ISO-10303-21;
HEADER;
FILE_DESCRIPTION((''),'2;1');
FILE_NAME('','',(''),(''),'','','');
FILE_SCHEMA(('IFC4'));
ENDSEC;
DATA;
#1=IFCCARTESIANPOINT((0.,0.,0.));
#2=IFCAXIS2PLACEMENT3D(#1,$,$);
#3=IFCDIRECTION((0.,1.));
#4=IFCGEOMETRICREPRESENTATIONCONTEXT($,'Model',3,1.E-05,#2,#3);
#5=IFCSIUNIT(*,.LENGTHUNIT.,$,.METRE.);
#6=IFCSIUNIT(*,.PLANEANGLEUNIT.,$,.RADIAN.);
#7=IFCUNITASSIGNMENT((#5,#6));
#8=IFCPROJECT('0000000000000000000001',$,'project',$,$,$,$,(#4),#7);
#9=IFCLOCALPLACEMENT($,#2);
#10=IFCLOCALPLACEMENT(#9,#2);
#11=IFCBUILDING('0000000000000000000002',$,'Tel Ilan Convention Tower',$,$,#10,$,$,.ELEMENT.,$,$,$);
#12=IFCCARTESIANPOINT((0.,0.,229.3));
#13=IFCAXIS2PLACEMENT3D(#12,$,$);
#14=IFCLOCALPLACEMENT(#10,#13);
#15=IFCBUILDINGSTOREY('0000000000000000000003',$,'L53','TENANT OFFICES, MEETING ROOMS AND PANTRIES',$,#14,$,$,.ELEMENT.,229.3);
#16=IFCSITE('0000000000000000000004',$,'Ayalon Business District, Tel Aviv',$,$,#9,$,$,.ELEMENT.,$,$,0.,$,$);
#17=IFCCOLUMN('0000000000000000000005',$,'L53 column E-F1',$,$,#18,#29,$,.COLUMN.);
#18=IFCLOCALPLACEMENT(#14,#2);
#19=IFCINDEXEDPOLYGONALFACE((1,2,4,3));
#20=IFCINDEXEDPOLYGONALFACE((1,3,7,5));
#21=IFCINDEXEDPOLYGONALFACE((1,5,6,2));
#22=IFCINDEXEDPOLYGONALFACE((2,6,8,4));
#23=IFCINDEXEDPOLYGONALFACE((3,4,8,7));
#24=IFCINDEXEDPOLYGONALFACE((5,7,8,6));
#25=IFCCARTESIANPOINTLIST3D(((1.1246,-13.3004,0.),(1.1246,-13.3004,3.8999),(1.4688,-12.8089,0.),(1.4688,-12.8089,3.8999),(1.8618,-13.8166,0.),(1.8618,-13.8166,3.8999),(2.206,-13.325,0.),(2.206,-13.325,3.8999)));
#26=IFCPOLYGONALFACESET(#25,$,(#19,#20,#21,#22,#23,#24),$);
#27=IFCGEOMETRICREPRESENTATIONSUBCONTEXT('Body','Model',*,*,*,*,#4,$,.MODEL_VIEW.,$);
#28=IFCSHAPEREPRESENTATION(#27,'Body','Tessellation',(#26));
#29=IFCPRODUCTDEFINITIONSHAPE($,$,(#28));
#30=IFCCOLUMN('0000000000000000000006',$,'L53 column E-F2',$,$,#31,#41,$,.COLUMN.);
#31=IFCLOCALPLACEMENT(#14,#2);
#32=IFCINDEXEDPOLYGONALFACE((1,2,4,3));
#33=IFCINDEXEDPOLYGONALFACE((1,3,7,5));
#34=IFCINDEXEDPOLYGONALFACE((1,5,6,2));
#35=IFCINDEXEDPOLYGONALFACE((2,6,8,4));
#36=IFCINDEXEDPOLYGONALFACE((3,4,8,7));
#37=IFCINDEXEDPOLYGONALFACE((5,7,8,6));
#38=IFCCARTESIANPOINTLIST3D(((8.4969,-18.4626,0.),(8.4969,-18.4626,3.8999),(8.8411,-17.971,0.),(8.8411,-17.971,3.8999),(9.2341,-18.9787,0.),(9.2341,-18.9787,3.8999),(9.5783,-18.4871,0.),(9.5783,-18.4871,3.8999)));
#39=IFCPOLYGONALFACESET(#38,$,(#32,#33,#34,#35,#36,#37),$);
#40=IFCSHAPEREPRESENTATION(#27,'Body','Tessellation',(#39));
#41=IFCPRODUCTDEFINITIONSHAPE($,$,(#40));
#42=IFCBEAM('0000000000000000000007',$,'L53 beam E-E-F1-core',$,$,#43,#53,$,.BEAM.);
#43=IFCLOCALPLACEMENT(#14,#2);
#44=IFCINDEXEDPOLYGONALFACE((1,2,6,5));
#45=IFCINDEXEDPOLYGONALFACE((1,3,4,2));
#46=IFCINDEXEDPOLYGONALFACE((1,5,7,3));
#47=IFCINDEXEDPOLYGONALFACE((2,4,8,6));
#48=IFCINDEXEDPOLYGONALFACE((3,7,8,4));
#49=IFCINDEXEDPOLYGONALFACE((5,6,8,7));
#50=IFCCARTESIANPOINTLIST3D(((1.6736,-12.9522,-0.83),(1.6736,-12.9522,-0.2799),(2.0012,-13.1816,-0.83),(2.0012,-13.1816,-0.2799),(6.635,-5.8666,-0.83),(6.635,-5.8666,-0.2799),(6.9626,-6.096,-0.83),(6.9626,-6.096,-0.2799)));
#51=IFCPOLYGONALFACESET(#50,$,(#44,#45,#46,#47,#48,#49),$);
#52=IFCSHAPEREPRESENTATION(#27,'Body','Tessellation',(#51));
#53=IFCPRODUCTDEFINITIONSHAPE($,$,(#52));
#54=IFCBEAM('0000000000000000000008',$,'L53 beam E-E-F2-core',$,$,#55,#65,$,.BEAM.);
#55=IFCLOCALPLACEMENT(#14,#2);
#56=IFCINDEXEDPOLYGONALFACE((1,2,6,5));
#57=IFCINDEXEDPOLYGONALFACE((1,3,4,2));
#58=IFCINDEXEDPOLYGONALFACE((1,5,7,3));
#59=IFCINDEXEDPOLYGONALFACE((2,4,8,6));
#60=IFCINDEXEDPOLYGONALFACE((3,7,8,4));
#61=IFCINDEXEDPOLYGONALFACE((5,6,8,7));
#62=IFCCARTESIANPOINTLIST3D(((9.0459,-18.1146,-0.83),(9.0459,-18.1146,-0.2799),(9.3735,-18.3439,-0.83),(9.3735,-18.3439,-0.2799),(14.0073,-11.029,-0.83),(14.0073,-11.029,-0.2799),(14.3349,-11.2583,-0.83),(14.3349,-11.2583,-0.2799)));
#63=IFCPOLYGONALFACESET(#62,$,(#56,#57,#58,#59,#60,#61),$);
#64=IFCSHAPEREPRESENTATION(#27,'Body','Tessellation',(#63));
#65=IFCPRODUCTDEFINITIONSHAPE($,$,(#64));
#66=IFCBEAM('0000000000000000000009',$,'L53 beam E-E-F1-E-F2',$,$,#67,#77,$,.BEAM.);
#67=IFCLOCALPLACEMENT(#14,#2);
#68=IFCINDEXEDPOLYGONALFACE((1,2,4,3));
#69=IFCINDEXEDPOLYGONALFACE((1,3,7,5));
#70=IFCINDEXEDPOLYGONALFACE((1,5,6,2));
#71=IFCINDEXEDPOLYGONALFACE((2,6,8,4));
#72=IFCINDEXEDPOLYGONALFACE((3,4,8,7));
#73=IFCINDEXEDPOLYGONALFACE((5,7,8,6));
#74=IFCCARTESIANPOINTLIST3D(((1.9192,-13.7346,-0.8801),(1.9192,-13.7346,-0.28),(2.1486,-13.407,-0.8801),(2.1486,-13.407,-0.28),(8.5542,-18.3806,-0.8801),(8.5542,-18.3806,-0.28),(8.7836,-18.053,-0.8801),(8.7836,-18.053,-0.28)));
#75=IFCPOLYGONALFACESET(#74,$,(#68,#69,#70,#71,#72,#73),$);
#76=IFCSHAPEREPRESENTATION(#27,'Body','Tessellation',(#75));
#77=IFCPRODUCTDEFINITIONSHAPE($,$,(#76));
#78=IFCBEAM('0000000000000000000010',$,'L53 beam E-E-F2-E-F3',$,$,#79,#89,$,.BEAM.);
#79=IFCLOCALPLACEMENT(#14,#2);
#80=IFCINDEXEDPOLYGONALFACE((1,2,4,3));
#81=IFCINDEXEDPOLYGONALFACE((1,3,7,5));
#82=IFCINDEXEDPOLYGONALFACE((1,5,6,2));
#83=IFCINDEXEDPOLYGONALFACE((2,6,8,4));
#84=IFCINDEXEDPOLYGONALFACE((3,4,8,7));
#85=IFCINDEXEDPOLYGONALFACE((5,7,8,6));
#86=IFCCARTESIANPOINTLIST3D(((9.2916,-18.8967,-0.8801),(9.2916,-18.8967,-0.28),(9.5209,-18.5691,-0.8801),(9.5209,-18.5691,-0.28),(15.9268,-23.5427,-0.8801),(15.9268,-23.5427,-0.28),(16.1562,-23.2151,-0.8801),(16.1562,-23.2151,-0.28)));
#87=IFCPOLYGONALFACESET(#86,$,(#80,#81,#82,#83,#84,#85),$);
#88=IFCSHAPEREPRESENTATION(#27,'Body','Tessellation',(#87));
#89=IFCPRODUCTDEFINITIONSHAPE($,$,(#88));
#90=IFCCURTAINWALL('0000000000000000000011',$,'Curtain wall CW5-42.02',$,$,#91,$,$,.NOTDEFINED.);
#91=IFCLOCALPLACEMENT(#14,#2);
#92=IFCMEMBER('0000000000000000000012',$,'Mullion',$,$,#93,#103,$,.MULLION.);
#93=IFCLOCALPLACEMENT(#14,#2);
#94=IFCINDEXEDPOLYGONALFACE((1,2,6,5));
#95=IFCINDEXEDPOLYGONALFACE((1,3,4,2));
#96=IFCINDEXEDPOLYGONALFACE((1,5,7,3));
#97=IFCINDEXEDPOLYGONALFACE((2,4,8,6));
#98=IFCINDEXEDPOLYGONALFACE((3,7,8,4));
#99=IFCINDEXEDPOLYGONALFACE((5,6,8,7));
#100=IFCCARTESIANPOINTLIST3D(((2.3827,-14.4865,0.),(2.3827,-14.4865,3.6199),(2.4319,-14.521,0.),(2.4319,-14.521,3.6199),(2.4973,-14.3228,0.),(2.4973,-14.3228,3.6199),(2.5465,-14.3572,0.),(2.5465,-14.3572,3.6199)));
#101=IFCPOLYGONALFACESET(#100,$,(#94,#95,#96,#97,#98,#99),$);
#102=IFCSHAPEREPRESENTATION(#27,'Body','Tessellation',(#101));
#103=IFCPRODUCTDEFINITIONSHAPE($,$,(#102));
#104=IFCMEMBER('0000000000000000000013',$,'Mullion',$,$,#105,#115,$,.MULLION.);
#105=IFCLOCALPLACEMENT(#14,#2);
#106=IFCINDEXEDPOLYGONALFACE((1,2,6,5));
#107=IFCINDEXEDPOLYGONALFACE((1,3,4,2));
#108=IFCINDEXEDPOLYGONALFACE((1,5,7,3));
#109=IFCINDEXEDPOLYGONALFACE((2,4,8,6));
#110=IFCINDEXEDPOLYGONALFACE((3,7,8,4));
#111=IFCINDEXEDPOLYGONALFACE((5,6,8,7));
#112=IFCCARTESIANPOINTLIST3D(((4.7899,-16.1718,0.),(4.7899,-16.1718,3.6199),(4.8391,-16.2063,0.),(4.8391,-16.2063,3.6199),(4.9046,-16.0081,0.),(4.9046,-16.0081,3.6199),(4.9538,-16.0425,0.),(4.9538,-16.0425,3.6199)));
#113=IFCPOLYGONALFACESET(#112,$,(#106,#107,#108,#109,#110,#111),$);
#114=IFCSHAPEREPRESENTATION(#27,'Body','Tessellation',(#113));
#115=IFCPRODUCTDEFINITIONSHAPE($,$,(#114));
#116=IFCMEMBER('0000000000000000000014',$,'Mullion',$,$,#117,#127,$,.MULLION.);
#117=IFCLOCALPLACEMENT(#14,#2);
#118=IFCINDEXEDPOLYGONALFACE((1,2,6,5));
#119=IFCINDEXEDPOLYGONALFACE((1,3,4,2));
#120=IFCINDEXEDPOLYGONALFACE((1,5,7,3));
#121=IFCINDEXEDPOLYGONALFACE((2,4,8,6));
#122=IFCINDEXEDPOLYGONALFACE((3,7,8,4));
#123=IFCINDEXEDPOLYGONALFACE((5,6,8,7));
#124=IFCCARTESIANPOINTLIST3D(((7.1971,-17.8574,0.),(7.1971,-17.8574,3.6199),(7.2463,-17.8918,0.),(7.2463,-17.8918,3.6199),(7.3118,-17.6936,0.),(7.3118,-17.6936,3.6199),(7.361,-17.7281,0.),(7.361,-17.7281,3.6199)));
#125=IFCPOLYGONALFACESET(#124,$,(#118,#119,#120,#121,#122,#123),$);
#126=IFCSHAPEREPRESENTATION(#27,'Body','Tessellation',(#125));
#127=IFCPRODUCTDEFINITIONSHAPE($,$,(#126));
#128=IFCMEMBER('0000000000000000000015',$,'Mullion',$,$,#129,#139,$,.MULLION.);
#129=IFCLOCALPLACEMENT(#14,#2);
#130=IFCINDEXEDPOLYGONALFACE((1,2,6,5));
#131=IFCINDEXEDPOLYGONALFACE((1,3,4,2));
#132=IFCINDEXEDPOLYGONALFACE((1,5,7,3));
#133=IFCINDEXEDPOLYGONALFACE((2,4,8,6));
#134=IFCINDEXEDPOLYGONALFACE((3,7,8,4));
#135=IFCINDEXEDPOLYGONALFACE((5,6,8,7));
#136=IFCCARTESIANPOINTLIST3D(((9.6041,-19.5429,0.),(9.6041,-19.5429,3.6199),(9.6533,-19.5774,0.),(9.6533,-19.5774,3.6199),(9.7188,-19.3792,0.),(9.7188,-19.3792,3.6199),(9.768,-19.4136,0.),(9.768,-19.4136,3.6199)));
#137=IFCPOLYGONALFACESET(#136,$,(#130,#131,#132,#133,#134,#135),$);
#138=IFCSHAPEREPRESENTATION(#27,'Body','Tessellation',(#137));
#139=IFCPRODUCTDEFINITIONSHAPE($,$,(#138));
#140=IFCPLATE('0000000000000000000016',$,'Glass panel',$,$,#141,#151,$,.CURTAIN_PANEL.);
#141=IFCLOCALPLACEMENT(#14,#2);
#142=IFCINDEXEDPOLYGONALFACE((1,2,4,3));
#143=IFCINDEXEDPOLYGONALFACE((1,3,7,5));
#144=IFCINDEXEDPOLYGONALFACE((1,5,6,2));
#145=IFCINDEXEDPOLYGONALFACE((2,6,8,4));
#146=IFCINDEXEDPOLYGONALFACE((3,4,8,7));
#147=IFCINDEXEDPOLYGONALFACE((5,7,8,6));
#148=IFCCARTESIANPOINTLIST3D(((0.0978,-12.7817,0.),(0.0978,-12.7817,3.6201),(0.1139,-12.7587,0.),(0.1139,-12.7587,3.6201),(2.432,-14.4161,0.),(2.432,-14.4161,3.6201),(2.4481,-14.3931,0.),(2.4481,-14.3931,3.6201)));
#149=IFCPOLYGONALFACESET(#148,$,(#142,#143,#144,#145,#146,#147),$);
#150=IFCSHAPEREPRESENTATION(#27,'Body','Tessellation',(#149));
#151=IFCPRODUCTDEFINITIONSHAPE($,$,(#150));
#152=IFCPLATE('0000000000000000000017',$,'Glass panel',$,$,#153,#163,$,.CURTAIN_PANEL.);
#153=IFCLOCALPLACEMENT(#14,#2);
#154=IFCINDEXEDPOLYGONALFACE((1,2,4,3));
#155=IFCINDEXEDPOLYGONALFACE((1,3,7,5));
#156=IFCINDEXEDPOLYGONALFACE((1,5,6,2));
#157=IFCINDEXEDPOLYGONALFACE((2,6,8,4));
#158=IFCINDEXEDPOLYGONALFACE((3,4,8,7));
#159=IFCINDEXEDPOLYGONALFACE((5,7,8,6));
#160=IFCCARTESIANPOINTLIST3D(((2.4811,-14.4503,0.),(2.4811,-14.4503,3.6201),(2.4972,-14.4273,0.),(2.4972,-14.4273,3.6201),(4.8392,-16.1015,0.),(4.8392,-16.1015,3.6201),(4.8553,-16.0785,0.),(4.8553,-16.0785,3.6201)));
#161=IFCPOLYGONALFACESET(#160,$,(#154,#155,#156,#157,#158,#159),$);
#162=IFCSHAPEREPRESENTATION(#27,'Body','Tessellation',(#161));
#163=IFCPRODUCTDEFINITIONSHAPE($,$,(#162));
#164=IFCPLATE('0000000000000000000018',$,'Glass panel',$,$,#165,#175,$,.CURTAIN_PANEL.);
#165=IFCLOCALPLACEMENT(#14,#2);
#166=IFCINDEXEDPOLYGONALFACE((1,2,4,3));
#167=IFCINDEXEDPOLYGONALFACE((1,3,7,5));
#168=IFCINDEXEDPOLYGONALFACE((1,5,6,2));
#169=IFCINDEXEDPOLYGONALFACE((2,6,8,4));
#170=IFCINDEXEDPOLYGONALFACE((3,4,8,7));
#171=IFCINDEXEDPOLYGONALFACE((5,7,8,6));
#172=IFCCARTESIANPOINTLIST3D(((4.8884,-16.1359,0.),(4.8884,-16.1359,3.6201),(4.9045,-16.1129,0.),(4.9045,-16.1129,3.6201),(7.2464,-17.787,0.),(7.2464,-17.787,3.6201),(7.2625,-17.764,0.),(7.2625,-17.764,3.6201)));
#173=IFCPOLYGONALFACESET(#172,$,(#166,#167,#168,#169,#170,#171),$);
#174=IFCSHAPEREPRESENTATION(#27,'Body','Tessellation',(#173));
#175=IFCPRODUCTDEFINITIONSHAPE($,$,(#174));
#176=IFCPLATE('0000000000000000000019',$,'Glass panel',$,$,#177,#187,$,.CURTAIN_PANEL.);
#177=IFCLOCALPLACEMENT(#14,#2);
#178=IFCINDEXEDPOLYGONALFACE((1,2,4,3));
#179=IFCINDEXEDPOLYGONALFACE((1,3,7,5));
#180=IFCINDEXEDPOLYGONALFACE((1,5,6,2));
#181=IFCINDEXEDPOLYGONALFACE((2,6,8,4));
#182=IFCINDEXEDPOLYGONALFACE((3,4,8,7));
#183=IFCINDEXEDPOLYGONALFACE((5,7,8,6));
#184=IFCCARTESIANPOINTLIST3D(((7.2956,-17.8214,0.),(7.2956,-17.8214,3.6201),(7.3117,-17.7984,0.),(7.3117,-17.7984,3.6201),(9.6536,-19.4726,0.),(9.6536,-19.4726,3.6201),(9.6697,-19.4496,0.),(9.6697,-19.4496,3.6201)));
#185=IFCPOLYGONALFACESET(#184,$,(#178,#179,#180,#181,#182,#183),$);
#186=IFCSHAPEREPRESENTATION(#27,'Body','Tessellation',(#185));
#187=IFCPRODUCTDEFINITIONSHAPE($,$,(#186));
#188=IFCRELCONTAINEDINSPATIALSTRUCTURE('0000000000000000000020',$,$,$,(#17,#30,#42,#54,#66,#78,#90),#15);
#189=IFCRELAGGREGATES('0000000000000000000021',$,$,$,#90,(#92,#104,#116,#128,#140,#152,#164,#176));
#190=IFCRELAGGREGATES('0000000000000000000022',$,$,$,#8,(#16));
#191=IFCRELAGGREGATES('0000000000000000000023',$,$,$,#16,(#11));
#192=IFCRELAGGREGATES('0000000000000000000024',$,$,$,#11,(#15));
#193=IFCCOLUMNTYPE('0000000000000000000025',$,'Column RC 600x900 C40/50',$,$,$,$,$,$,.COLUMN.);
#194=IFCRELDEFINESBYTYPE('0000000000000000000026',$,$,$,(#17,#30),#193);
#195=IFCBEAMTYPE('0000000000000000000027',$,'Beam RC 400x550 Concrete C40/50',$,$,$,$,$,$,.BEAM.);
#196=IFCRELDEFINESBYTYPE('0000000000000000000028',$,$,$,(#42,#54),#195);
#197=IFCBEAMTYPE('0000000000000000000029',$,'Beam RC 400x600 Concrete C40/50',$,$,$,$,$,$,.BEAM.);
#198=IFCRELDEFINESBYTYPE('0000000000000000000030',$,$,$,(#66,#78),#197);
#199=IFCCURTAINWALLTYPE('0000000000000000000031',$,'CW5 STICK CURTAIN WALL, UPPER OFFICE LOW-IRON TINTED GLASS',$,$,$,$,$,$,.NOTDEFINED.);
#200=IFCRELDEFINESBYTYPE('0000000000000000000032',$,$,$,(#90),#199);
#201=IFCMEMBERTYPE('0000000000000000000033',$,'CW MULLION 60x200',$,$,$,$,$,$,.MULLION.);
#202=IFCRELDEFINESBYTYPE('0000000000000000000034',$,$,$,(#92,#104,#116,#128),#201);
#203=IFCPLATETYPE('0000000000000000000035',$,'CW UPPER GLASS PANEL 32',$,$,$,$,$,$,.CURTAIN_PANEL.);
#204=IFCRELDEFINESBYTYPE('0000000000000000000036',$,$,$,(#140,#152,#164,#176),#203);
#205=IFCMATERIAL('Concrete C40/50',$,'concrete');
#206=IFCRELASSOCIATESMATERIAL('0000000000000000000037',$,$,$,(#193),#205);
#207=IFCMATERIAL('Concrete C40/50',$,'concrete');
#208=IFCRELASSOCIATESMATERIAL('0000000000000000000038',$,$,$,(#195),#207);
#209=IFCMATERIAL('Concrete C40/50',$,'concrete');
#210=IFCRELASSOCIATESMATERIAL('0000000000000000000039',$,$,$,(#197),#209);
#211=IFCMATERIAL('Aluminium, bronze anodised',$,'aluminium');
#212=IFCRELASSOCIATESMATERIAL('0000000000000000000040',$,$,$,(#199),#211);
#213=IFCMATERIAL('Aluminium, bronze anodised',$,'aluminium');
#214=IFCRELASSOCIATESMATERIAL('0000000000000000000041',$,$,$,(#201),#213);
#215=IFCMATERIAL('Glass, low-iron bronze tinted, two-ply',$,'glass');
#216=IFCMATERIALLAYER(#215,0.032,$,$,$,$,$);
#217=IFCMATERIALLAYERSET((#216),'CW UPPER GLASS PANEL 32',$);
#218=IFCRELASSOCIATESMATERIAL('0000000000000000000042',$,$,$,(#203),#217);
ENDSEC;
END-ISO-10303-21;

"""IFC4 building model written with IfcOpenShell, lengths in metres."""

from ifc_helpers import new_model, si_unit, direction, frame, origin, origin_2d, place, context, subcontext, project, spatial, rectangle, extrude, material, layer, layer_set, material_profile, profile_set, type_object, element, aggregate, save


model = new_model("IFC4")

# Units and contexts
model_context = context("Model", 3, precision=1e-05, world=origin(), true_north=direction((0.0, 1.0)))
body_context = subcontext(model_context, "Body", "Model", "MODEL_VIEW")
ifc_project = project(units=[si_unit("LENGTHUNIT", "METRE"), si_unit("PLANEANGLEUNIT", "RADIAN")], contexts=[model_context])

# Site, building, storey
site_placement = place(None, origin())
site = spatial("IfcSite", under=ifc_project, at=site_placement, Name="Ayalon Business District, Tel Aviv", CompositionType="ELEMENT", RefElevation=0.0)
building_placement = place(site_placement, origin())
building = spatial("IfcBuilding", under=site, at=building_placement, Name="Tel Ilan Convention Tower", CompositionType="ELEMENT")
storey_placement = place(building_placement, frame((0.0, 0.0, 229.3)))
storey = spatial("IfcBuildingStorey", under=building, at=storey_placement, Name="L53", Description="TENANT OFFICES, MEETING ROOMS AND PANTRIES", CompositionType="ELEMENT", Elevation=229.3)

# Columns
ifc_material_1 = material(Name="Concrete C40/50", Category="concrete")
ifc_material_profile_1 = material_profile(ifc_material_1, rectangle(XDim=0.8999, YDim=0.6001, at=origin_2d()), Name="RC 600x900")
ifc_profile_set_1 = profile_set([ifc_material_profile_1], Name="Concrete C40/50")
column_type = type_object("IfcColumnType", Name="Column RC 600x900 C40/50", PredefinedType="COLUMN", material=ifc_profile_set_1)
for number, where, z_axis, x_axis, name in (
    (1, (1.6653, -13.3127, 0.0), (0.0, 0.0, 1.0), (0.819152, -0.573576, 0.0), "L53 column E-F1"),
    (2, (9.0376, -18.4749, 0.0), (0.0, 0.0, 1.0), (0.819152, -0.573576, 0.0), "L53 column E-F2"),
):
    element("IfcColumn", number, at=place(storey_placement, frame(where, z_axis=z_axis, x_axis=x_axis)), inside=storey, type_object=column_type, Name=name, PredefinedType="COLUMN", context=body_context, shape_type="SweptSolid", body=[
        extrude(rectangle(XDim=0.8999, YDim=0.6001, at=origin_2d()), origin(), (0.0, 0.0, 1.0), 3.8999),
    ])

# Beams
ifc_material_2 = material(Name="Concrete C40/50", Category="concrete")
ifc_material_profile_2 = material_profile(ifc_material_2, rectangle(XDim=0.3999, YDim=0.55, at=origin_2d()), Name="RC 400x550")
ifc_profile_set_2 = profile_set([ifc_material_profile_2], Name="Concrete C40/50")
beam_type_1 = type_object("IfcBeamType", Name="Beam RC 400x550 Concrete C40/50", PredefinedType="BEAM", material=ifc_profile_set_2)
for number, where, z_axis, x_axis, name in (
    (3, (1.8374, -13.0669, -0.5549), (0.573574, 0.819154, 0.0), (-0.819154, 0.573574, 0.0), "L53 beam E-E-F1-core"),
    (4, (9.2097, -18.2292, -0.5549), (0.573574, 0.819154, 0.0), (-0.819154, 0.573574, 0.0), "L53 beam E-E-F2-core"),
):
    element("IfcBeam", number, at=place(storey_placement, frame(where, z_axis=z_axis, x_axis=x_axis)), inside=storey, type_object=beam_type_1, Name=name, PredefinedType="BEAM", context=body_context, shape_type="SweptSolid", body=[
        extrude(rectangle(XDim=0.3999, YDim=0.55, at=origin_2d()), origin(), (0.0, 0.0, 1.0), 8.6499),
    ])
ifc_material_3 = material(Name="Concrete C40/50", Category="concrete")
ifc_material_profile_3 = material_profile(ifc_material_3, rectangle(XDim=0.3999, YDim=0.6001, at=origin_2d()), Name="RC 400x600")
ifc_profile_set_3 = profile_set([ifc_material_profile_3], Name="Concrete C40/50")
beam_type_2 = type_object("IfcBeamType", Name="Beam RC 400x600 Concrete C40/50", PredefinedType="BEAM", material=ifc_profile_set_3)
beam_1_placement = place(storey_placement, frame((2.0339, -13.5708, -0.5801), z_axis=(0.819146, -0.573586, 0.0), x_axis=(0.573586, 0.819146, 0.0)))
element("IfcBeam", 5, at=beam_1_placement, inside=storey, type_object=beam_type_2, Name="L53 beam E-E-F1-E-F2", PredefinedType="BEAM", context=body_context, shape_type="SweptSolid", body=[
    extrude(rectangle(XDim=0.3999, YDim=0.6001, at=origin_2d()), origin(), (0.0, 0.0, 1.0), 8.0999),
])
beam_2_placement = place(storey_placement, frame((9.4062, -18.7329, -0.5801), z_axis=(0.819155, -0.573572, 0.0), x_axis=(0.573572, 0.819155, 0.0)))
element("IfcBeam", 6, at=beam_2_placement, inside=storey, type_object=beam_type_2, Name="L53 beam E-E-F2-E-F3", PredefinedType="BEAM", context=body_context, shape_type="SweptSolid", body=[
    extrude(rectangle(XDim=0.3999, YDim=0.6001, at=origin_2d()), origin(), (0.0, 0.0, 1.0), 8.1001),
])

# Curtain wall, members, plates
ifc_material_4 = material(Name="Aluminium, bronze anodised", Category="aluminium")
curtain_wall_type = type_object("IfcCurtainWallType", Name="CW5 STICK CURTAIN WALL, UPPER OFFICE LOW-IRON TINTED GLASS", PredefinedType="NOTDEFINED", material=ifc_material_4)
curtain_wall_placement = place(storey_placement, origin())
curtain_wall = element("IfcCurtainWall", 7, at=curtain_wall_placement, inside=storey, type_object=curtain_wall_type, Name="Curtain wall CW5-42.02", PredefinedType="NOTDEFINED")
ifc_material_5 = material(Name="Aluminium, bronze anodised", Category="aluminium")
ifc_material_profile_4 = material_profile(ifc_material_5, rectangle(XDim=0.0601, YDim=0.2, at=origin_2d()), Name="CW MULLION 60x200")
ifc_profile_set_4 = profile_set([ifc_material_profile_4], Name="Aluminium, bronze anodised")
member_type = type_object("IfcMemberType", Name="CW MULLION 60x200", PredefinedType="MULLION", material=ifc_profile_set_4)
member_1_placement = place(storey_placement, frame((2.4646, -14.4219, 0.0), z_axis=(0.0, 0.0, 1.0), x_axis=(0.819152, -0.573576, 0.0)))
member_1 = element("IfcMember", 8, at=member_1_placement, type_object=member_type, Name="Mullion", PredefinedType="MULLION", context=body_context, shape_type="SweptSolid", body=[
    extrude(rectangle(XDim=0.0601, YDim=0.2, at=origin_2d()), origin(), (0.0, 0.0, 1.0), 3.6199),
])
member_2_placement = place(storey_placement, frame((4.8718, -16.1072, 0.0), z_axis=(0.0, 0.0, 1.0), x_axis=(0.819152, -0.573576, 0.0)))
member_2 = element("IfcMember", 9, at=member_2_placement, type_object=member_type, Name="Mullion", PredefinedType="MULLION", context=body_context, shape_type="SweptSolid", body=[
    extrude(rectangle(XDim=0.0601, YDim=0.2, at=origin_2d()), origin(), (0.0, 0.0, 1.0), 3.6199),
])
member_3_placement = place(storey_placement, frame((7.2791, -17.7927, 0.0), z_axis=(0.0, 0.0, 1.0), x_axis=(0.819152, -0.573576, 0.0)))
member_3 = element("IfcMember", 10, at=member_3_placement, type_object=member_type, Name="Mullion", PredefinedType="MULLION", context=body_context, shape_type="SweptSolid", body=[
    extrude(rectangle(XDim=0.0601, YDim=0.2, at=origin_2d()), origin(), (0.0, 0.0, 1.0), 3.6199),
])
member_4_placement = place(storey_placement, frame((9.686, -19.4783, 0.0), z_axis=(0.0, 0.0, 1.0), x_axis=(0.819152, -0.573576, 0.0)))
member_4 = element("IfcMember", 11, at=member_4_placement, type_object=member_type, Name="Mullion", PredefinedType="MULLION", context=body_context, shape_type="SweptSolid", body=[
    extrude(rectangle(XDim=0.0601, YDim=0.2, at=origin_2d()), origin(), (0.0, 0.0, 1.0), 3.6199),
])
ifc_material_6 = material(Name="Glass, low-iron bronze tinted, two-ply", Category="glass")
ifc_layer_1 = layer(ifc_material_6, 0.032)
ifc_layer_set_1 = layer_set([ifc_layer_1], Name="CW UPPER GLASS PANEL 32")
plate_type = type_object("IfcPlateType", Name="CW UPPER GLASS PANEL 32", PredefinedType="CURTAIN_PANEL", material=ifc_layer_set_1)
plate_1_placement = place(storey_placement, frame((1.2729, -13.5874, 0.0), z_axis=(0.0, 0.0, 1.0), x_axis=(0.819152, -0.573576, 0.0)))
plate_1 = element("IfcPlate", 12, at=plate_1_placement, type_object=plate_type, Name="Glass panel", PredefinedType="CURTAIN_PANEL", context=body_context, shape_type="SweptSolid", body=[
    extrude(rectangle(XDim=2.8496, YDim=0.0281, at=origin_2d()), origin(), (0.0, 0.0, 1.0), 3.6201),
])
plate_2_placement = place(storey_placement, frame((3.6682, -15.2644, 0.0), z_axis=(0.0, 0.0, 1.0), x_axis=(0.819152, -0.573576, 0.0)))
plate_2 = element("IfcPlate", 13, at=plate_2_placement, type_object=plate_type, Name="Glass panel", PredefinedType="CURTAIN_PANEL", context=body_context, shape_type="SweptSolid", body=[
    extrude(rectangle(XDim=2.8787, YDim=0.0281, at=origin_2d()), origin(), (0.0, 0.0, 1.0), 3.6201),
])
plate_3_placement = place(storey_placement, frame((6.0754, -16.95, 0.0), z_axis=(0.0, 0.0, 1.0), x_axis=(0.819152, -0.573576, 0.0)))
plate_3 = element("IfcPlate", 14, at=plate_3_placement, type_object=plate_type, Name="Glass panel", PredefinedType="CURTAIN_PANEL", context=body_context, shape_type="SweptSolid", body=[
    extrude(rectangle(XDim=2.8787, YDim=0.0281, at=origin_2d()), origin(), (0.0, 0.0, 1.0), 3.6201),
])
plate_4_placement = place(storey_placement, frame((8.4827, -18.6355, 0.0), z_axis=(0.0, 0.0, 1.0), x_axis=(0.819152, -0.573576, 0.0)))
plate_4 = element("IfcPlate", 15, at=plate_4_placement, type_object=plate_type, Name="Glass panel", PredefinedType="CURTAIN_PANEL", context=body_context, shape_type="SweptSolid", body=[
    extrude(rectangle(XDim=2.8787, YDim=0.0281, at=origin_2d()), origin(), (0.0, 0.0, 1.0), 3.6201),
])
aggregate(curtain_wall, [member_1, member_2, member_3, member_4, plate_1, plate_2, plate_3, plate_4])

save(model, "model.ifc")
